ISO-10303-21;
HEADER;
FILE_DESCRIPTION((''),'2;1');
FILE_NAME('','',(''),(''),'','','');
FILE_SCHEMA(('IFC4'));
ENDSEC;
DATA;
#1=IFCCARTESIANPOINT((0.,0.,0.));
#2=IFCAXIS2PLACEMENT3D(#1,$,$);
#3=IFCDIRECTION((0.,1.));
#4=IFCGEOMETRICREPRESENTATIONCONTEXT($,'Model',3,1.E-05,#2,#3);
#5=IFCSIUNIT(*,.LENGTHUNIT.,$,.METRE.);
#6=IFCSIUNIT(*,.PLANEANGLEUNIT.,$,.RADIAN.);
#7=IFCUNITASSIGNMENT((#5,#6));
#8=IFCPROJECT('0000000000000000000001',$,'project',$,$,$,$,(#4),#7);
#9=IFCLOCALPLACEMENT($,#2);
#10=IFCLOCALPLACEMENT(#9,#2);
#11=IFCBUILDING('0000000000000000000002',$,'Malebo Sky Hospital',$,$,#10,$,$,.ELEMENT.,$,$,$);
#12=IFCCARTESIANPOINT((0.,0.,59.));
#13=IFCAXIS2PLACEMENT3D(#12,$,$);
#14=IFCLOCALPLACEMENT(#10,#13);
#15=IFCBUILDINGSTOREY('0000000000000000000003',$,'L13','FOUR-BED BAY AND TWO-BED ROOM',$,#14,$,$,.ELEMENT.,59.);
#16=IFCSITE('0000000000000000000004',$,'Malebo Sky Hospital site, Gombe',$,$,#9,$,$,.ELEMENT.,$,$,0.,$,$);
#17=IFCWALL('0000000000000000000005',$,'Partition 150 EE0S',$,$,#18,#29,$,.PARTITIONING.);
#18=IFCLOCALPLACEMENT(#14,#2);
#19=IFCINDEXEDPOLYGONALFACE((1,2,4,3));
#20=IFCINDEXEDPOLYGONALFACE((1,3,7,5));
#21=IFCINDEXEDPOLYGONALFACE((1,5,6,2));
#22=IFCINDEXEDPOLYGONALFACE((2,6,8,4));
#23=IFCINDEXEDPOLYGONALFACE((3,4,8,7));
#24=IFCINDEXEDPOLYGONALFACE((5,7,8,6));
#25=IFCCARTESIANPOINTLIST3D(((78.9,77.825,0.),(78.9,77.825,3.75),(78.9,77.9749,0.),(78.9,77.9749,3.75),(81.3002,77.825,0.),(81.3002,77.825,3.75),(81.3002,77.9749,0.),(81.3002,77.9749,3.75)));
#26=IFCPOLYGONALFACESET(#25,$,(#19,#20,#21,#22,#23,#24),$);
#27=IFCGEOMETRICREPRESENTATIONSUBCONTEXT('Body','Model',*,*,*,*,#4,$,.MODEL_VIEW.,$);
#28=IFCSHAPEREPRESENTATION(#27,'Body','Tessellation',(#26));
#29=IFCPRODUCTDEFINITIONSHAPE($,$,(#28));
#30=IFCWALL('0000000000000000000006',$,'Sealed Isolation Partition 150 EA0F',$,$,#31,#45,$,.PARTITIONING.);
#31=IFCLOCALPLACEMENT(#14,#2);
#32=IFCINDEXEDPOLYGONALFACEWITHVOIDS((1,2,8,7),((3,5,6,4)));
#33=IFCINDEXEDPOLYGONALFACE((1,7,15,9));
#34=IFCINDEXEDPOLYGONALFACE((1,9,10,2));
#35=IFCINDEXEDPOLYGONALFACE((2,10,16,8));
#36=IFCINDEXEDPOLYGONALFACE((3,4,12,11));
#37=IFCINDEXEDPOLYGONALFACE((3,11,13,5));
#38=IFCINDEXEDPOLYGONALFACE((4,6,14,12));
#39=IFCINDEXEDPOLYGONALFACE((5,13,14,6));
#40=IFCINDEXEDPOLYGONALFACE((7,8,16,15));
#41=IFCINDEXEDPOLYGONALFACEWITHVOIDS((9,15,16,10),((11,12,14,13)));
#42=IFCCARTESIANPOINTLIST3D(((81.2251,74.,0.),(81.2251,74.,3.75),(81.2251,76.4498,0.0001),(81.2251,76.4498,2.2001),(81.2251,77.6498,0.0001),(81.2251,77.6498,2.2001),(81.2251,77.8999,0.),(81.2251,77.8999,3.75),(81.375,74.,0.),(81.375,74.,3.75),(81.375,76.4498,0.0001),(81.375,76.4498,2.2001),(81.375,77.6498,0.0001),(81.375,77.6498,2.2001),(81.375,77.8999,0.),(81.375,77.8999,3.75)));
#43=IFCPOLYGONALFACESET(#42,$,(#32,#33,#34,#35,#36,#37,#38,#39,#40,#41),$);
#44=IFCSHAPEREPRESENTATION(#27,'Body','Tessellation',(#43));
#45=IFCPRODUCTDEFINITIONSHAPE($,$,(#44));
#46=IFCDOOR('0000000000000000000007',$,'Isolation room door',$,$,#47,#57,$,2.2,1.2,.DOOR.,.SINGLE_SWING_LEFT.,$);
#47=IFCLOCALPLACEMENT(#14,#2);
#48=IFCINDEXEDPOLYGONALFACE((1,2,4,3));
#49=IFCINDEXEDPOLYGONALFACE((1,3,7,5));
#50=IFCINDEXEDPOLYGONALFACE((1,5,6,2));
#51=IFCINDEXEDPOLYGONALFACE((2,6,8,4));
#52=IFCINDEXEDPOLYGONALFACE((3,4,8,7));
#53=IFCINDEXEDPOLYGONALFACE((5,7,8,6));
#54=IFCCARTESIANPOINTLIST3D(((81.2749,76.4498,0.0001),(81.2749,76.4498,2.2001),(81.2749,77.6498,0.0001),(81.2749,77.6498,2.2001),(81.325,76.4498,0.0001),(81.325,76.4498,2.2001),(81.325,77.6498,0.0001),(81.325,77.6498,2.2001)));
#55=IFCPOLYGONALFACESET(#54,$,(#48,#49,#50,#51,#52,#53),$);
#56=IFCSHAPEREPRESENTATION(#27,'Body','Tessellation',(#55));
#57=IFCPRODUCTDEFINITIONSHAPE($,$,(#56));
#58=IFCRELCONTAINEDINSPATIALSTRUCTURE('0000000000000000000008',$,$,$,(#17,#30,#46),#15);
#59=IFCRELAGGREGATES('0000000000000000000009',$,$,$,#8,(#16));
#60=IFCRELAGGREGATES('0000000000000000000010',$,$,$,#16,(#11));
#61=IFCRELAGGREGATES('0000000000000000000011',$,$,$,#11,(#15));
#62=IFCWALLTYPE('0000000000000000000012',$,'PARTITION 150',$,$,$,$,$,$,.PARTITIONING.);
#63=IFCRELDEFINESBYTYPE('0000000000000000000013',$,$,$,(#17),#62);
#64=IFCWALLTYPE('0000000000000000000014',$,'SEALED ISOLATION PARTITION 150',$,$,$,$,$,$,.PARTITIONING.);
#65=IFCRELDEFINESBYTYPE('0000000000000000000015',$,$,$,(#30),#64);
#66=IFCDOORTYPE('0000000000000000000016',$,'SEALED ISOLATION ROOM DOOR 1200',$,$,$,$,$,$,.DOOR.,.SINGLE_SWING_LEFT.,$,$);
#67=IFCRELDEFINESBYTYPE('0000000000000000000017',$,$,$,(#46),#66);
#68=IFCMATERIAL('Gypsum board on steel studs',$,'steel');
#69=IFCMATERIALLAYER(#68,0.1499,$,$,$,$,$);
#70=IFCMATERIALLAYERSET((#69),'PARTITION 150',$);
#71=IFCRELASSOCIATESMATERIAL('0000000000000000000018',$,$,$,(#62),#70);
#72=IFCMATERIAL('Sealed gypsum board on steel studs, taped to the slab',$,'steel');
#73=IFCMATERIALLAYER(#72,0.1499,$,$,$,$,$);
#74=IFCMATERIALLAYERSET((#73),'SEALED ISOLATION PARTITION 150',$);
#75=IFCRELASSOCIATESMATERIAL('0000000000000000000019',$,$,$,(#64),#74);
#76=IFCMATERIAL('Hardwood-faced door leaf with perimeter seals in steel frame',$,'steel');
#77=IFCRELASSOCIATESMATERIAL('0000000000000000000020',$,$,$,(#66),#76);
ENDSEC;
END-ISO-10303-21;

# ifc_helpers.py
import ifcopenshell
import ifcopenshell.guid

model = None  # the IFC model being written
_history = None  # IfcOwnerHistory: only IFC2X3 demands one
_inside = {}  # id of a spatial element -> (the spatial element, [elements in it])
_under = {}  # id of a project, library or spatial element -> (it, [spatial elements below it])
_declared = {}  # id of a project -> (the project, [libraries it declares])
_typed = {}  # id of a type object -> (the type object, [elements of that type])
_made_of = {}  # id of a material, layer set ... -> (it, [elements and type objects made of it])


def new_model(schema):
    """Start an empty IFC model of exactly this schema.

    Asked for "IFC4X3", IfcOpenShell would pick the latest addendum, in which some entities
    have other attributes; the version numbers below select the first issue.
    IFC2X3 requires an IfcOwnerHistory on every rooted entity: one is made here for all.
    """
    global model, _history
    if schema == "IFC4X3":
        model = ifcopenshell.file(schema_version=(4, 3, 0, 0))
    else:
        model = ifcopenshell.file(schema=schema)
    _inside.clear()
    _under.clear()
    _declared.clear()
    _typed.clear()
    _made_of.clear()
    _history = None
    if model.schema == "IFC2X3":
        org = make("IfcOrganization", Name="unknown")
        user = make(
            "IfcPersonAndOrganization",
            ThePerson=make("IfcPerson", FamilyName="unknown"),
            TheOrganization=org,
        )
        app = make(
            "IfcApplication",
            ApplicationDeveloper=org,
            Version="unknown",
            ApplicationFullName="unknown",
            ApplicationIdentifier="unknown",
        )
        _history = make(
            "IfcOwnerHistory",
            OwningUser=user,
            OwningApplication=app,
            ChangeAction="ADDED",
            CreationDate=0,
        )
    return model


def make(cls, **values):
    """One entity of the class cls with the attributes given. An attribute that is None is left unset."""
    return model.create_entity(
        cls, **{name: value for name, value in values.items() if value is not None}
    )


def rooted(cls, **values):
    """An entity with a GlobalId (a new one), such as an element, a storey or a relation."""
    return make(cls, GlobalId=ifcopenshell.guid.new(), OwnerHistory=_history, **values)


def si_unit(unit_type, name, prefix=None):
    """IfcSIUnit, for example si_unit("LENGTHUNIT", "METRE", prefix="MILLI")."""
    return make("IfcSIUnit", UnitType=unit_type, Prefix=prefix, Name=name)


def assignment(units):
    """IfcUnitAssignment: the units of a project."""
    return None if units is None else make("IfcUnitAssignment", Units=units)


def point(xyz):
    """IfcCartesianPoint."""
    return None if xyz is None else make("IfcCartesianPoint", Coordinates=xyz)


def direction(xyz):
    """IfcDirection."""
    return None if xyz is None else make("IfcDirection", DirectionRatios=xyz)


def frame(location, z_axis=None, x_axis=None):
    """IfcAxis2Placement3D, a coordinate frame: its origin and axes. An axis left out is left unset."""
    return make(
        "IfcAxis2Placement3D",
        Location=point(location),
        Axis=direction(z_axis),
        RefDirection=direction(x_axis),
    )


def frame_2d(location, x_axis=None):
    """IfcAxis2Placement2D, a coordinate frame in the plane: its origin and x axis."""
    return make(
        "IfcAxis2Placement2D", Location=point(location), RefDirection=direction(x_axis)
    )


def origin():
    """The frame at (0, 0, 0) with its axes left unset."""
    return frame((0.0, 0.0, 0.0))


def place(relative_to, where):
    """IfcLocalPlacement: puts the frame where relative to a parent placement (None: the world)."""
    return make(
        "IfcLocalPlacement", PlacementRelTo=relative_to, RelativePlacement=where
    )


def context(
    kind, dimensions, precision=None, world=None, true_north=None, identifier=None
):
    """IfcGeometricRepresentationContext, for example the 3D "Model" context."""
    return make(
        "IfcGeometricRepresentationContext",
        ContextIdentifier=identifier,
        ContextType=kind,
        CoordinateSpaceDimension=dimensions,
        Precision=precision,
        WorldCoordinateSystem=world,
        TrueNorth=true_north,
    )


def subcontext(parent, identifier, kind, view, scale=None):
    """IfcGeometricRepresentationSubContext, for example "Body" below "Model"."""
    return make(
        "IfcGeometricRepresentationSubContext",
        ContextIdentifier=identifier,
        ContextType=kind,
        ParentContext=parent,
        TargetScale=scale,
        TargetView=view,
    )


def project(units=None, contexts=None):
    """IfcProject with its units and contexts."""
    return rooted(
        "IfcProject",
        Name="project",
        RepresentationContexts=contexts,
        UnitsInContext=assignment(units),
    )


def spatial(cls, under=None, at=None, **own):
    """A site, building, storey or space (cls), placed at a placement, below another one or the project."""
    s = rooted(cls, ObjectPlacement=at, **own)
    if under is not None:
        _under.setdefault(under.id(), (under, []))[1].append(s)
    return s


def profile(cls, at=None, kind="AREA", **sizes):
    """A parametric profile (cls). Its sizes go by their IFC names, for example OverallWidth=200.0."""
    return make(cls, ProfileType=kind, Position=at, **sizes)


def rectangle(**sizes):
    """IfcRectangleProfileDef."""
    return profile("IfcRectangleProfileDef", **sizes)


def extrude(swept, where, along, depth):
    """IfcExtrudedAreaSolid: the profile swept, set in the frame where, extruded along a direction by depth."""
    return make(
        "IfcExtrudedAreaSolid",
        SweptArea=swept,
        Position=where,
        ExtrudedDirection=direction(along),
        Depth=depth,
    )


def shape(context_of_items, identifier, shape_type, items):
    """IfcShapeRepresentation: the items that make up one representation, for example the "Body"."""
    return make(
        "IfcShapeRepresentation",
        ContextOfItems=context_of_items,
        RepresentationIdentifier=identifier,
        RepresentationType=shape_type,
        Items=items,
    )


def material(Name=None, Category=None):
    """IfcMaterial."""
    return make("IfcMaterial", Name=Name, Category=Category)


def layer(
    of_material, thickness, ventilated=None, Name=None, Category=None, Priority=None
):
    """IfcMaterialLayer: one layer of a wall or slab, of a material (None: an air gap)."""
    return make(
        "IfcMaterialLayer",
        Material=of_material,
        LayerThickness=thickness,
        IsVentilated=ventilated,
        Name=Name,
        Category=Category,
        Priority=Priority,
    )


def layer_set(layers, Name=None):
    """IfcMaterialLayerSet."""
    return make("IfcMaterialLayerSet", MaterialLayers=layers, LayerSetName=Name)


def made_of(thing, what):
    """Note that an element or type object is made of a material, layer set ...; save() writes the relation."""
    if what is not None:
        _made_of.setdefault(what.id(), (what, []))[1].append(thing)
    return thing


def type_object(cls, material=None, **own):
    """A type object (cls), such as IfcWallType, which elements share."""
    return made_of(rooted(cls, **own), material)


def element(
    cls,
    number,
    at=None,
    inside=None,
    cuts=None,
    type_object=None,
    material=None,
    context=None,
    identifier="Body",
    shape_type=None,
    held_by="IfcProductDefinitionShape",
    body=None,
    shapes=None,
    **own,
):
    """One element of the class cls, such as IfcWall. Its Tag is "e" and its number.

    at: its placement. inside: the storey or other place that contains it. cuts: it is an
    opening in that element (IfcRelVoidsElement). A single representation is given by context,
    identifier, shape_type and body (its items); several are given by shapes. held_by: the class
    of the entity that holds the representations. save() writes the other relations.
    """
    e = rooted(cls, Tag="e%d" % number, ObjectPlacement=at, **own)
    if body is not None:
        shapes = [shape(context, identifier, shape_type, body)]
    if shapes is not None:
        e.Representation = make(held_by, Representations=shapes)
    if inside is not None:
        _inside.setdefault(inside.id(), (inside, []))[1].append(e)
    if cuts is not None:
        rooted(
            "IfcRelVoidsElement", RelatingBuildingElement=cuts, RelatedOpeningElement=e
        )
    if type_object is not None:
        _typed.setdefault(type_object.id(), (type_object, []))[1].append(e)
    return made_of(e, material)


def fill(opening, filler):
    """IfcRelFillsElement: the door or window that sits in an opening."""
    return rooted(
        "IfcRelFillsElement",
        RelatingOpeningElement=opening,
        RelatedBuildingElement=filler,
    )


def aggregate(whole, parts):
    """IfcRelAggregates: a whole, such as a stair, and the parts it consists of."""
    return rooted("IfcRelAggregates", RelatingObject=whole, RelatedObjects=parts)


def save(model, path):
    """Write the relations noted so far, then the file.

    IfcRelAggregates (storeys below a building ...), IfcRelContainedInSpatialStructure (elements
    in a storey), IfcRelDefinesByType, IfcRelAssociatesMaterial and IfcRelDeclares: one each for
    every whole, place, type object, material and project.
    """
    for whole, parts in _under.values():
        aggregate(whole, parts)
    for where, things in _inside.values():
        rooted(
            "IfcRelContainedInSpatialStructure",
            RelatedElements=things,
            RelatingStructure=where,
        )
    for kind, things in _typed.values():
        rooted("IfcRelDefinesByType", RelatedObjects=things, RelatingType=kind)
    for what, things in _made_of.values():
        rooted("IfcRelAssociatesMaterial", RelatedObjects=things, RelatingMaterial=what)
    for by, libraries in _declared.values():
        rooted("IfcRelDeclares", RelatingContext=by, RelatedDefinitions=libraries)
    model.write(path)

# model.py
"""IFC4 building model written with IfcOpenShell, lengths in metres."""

from ifc_helpers import new_model, si_unit, direction, frame, frame_2d, origin, place, context, subcontext, project, spatial, rectangle, extrude, material, layer, layer_set, type_object, element, fill, save


model = new_model("IFC4")

# Units and contexts
model_context = context("Model", 3, precision=1e-05, world=origin(), true_north=direction((0.0, 1.0)))
body_context = subcontext(model_context, "Body", "Model", "MODEL_VIEW")
ifc_project = project(units=[si_unit("LENGTHUNIT", "METRE"), si_unit("PLANEANGLEUNIT", "RADIAN")], contexts=[model_context])

# Site, building, storey
site_placement = place(None, origin())
site = spatial("IfcSite", under=ifc_project, at=site_placement, Name="Malebo Sky Hospital site, Gombe", CompositionType="ELEMENT", RefElevation=0.0)
building_placement = place(site_placement, origin())
building = spatial("IfcBuilding", under=site, at=building_placement, Name="Malebo Sky Hospital", CompositionType="ELEMENT")
storey_placement = place(building_placement, frame((0.0, 0.0, 59.0)))
storey = spatial("IfcBuildingStorey", under=building, at=storey_placement, Name="L13", Description="FOUR-BED BAY AND TWO-BED ROOM", CompositionType="ELEMENT", Elevation=59.0)

# Shared definitions
ifc_material_1 = material(Name="Gypsum board on steel studs", Category="steel")

# Shared definitions
ifc_layer_1 = layer(ifc_material_1, 0.1499)
ifc_layer_set_1 = layer_set([ifc_layer_1], Name="PARTITION 150")
wall_type_1 = type_object("IfcWallType", Name="PARTITION 150", PredefinedType="PARTITIONING", material=ifc_layer_set_1)

# Wall
wall_1_placement = place(storey_placement, frame((78.8999, 77.8999, 0.0), z_axis=(0.0, 0.0, 1.0), x_axis=(1.0, 0.0, 0.0)))
element("IfcWall", 1, at=wall_1_placement, inside=storey, type_object=wall_type_1, Name="Partition 150 EE0S", PredefinedType="PARTITIONING", context=body_context, shape_type="SweptSolid", body=[
    extrude(rectangle(XDim=2.4001, YDim=0.1499, at=frame_2d((1.2002, 0.0))), origin(), (0.0, 0.0, 1.0), 3.75),
])

# Wall, opening, door
ifc_material_2 = material(Name="Sealed gypsum board on steel studs, taped to the slab", Category="steel")
ifc_layer_2 = layer(ifc_material_2, 0.1499)
ifc_layer_set_2 = layer_set([ifc_layer_2], Name="SEALED ISOLATION PARTITION 150")
wall_type_2 = type_object("IfcWallType", Name="SEALED ISOLATION PARTITION 150", PredefinedType="PARTITIONING", material=ifc_layer_set_2)
wall_2_placement = place(storey_placement, frame((81.3, 77.8999, 0.0), z_axis=(0.0, 0.0, 1.0), x_axis=(0.0, -1.0, 0.0)))
wall_2 = element("IfcWall", 2, at=wall_2_placement, inside=storey, type_object=wall_type_2, Name="Sealed Isolation Partition 150 EA0F", PredefinedType="PARTITIONING", context=body_context, shape_type="SweptSolid", body=[
    extrude(rectangle(XDim=3.8999, YDim=0.1499, at=frame_2d((1.95, 0.0))), origin(), (0.0, 0.0, 1.0), 3.75),
])
opening_1_placement = place(wall_2_placement, frame((0.25, 0.0, 0.0)))
opening_1 = element("IfcOpeningElement", 3, at=opening_1_placement, cuts=wall_2, PredefinedType="OPENING", context=body_context, shape_type="SweptSolid", body=[
    extrude(rectangle(XDim=1.2, YDim=2.2, at=frame_2d((0.6001, 1.1001))), frame((0.0, 0.085, 0.0), z_axis=(0.0, -1.0, 0.0), x_axis=(1.0, 0.0, 0.0)), (0.0, 0.0, 1.0), 0.1699),
])
ifc_material_3 = material(Name="Hardwood-faced door leaf with perimeter seals in steel frame", Category="steel")
door_type_1 = type_object("IfcDoorType", Name="SEALED ISOLATION ROOM DOOR 1200", OperationType="SINGLE_SWING_LEFT", PredefinedType="DOOR", material=ifc_material_3)
door_1_placement = place(opening_1_placement, origin())
door_1 = element("IfcDoor", 4, at=door_1_placement, inside=storey, type_object=door_type_1, Name="Isolation room door", OperationType="SINGLE_SWING_LEFT", OverallHeight=2.2, OverallWidth=1.2, PredefinedType="DOOR", context=body_context, shape_type="SweptSolid", body=[
    extrude(rectangle(XDim=1.2, YDim=2.2, at=frame_2d((0.6001, 1.1001))), frame((0.0, 0.0249, 0.0), z_axis=(0.0, -1.0, 0.0), x_axis=(1.0, 0.0, 0.0)), (0.0, 0.0, 1.0), 0.05),
])
fill(opening_1, door_1)

save(model, "model.ifc")
